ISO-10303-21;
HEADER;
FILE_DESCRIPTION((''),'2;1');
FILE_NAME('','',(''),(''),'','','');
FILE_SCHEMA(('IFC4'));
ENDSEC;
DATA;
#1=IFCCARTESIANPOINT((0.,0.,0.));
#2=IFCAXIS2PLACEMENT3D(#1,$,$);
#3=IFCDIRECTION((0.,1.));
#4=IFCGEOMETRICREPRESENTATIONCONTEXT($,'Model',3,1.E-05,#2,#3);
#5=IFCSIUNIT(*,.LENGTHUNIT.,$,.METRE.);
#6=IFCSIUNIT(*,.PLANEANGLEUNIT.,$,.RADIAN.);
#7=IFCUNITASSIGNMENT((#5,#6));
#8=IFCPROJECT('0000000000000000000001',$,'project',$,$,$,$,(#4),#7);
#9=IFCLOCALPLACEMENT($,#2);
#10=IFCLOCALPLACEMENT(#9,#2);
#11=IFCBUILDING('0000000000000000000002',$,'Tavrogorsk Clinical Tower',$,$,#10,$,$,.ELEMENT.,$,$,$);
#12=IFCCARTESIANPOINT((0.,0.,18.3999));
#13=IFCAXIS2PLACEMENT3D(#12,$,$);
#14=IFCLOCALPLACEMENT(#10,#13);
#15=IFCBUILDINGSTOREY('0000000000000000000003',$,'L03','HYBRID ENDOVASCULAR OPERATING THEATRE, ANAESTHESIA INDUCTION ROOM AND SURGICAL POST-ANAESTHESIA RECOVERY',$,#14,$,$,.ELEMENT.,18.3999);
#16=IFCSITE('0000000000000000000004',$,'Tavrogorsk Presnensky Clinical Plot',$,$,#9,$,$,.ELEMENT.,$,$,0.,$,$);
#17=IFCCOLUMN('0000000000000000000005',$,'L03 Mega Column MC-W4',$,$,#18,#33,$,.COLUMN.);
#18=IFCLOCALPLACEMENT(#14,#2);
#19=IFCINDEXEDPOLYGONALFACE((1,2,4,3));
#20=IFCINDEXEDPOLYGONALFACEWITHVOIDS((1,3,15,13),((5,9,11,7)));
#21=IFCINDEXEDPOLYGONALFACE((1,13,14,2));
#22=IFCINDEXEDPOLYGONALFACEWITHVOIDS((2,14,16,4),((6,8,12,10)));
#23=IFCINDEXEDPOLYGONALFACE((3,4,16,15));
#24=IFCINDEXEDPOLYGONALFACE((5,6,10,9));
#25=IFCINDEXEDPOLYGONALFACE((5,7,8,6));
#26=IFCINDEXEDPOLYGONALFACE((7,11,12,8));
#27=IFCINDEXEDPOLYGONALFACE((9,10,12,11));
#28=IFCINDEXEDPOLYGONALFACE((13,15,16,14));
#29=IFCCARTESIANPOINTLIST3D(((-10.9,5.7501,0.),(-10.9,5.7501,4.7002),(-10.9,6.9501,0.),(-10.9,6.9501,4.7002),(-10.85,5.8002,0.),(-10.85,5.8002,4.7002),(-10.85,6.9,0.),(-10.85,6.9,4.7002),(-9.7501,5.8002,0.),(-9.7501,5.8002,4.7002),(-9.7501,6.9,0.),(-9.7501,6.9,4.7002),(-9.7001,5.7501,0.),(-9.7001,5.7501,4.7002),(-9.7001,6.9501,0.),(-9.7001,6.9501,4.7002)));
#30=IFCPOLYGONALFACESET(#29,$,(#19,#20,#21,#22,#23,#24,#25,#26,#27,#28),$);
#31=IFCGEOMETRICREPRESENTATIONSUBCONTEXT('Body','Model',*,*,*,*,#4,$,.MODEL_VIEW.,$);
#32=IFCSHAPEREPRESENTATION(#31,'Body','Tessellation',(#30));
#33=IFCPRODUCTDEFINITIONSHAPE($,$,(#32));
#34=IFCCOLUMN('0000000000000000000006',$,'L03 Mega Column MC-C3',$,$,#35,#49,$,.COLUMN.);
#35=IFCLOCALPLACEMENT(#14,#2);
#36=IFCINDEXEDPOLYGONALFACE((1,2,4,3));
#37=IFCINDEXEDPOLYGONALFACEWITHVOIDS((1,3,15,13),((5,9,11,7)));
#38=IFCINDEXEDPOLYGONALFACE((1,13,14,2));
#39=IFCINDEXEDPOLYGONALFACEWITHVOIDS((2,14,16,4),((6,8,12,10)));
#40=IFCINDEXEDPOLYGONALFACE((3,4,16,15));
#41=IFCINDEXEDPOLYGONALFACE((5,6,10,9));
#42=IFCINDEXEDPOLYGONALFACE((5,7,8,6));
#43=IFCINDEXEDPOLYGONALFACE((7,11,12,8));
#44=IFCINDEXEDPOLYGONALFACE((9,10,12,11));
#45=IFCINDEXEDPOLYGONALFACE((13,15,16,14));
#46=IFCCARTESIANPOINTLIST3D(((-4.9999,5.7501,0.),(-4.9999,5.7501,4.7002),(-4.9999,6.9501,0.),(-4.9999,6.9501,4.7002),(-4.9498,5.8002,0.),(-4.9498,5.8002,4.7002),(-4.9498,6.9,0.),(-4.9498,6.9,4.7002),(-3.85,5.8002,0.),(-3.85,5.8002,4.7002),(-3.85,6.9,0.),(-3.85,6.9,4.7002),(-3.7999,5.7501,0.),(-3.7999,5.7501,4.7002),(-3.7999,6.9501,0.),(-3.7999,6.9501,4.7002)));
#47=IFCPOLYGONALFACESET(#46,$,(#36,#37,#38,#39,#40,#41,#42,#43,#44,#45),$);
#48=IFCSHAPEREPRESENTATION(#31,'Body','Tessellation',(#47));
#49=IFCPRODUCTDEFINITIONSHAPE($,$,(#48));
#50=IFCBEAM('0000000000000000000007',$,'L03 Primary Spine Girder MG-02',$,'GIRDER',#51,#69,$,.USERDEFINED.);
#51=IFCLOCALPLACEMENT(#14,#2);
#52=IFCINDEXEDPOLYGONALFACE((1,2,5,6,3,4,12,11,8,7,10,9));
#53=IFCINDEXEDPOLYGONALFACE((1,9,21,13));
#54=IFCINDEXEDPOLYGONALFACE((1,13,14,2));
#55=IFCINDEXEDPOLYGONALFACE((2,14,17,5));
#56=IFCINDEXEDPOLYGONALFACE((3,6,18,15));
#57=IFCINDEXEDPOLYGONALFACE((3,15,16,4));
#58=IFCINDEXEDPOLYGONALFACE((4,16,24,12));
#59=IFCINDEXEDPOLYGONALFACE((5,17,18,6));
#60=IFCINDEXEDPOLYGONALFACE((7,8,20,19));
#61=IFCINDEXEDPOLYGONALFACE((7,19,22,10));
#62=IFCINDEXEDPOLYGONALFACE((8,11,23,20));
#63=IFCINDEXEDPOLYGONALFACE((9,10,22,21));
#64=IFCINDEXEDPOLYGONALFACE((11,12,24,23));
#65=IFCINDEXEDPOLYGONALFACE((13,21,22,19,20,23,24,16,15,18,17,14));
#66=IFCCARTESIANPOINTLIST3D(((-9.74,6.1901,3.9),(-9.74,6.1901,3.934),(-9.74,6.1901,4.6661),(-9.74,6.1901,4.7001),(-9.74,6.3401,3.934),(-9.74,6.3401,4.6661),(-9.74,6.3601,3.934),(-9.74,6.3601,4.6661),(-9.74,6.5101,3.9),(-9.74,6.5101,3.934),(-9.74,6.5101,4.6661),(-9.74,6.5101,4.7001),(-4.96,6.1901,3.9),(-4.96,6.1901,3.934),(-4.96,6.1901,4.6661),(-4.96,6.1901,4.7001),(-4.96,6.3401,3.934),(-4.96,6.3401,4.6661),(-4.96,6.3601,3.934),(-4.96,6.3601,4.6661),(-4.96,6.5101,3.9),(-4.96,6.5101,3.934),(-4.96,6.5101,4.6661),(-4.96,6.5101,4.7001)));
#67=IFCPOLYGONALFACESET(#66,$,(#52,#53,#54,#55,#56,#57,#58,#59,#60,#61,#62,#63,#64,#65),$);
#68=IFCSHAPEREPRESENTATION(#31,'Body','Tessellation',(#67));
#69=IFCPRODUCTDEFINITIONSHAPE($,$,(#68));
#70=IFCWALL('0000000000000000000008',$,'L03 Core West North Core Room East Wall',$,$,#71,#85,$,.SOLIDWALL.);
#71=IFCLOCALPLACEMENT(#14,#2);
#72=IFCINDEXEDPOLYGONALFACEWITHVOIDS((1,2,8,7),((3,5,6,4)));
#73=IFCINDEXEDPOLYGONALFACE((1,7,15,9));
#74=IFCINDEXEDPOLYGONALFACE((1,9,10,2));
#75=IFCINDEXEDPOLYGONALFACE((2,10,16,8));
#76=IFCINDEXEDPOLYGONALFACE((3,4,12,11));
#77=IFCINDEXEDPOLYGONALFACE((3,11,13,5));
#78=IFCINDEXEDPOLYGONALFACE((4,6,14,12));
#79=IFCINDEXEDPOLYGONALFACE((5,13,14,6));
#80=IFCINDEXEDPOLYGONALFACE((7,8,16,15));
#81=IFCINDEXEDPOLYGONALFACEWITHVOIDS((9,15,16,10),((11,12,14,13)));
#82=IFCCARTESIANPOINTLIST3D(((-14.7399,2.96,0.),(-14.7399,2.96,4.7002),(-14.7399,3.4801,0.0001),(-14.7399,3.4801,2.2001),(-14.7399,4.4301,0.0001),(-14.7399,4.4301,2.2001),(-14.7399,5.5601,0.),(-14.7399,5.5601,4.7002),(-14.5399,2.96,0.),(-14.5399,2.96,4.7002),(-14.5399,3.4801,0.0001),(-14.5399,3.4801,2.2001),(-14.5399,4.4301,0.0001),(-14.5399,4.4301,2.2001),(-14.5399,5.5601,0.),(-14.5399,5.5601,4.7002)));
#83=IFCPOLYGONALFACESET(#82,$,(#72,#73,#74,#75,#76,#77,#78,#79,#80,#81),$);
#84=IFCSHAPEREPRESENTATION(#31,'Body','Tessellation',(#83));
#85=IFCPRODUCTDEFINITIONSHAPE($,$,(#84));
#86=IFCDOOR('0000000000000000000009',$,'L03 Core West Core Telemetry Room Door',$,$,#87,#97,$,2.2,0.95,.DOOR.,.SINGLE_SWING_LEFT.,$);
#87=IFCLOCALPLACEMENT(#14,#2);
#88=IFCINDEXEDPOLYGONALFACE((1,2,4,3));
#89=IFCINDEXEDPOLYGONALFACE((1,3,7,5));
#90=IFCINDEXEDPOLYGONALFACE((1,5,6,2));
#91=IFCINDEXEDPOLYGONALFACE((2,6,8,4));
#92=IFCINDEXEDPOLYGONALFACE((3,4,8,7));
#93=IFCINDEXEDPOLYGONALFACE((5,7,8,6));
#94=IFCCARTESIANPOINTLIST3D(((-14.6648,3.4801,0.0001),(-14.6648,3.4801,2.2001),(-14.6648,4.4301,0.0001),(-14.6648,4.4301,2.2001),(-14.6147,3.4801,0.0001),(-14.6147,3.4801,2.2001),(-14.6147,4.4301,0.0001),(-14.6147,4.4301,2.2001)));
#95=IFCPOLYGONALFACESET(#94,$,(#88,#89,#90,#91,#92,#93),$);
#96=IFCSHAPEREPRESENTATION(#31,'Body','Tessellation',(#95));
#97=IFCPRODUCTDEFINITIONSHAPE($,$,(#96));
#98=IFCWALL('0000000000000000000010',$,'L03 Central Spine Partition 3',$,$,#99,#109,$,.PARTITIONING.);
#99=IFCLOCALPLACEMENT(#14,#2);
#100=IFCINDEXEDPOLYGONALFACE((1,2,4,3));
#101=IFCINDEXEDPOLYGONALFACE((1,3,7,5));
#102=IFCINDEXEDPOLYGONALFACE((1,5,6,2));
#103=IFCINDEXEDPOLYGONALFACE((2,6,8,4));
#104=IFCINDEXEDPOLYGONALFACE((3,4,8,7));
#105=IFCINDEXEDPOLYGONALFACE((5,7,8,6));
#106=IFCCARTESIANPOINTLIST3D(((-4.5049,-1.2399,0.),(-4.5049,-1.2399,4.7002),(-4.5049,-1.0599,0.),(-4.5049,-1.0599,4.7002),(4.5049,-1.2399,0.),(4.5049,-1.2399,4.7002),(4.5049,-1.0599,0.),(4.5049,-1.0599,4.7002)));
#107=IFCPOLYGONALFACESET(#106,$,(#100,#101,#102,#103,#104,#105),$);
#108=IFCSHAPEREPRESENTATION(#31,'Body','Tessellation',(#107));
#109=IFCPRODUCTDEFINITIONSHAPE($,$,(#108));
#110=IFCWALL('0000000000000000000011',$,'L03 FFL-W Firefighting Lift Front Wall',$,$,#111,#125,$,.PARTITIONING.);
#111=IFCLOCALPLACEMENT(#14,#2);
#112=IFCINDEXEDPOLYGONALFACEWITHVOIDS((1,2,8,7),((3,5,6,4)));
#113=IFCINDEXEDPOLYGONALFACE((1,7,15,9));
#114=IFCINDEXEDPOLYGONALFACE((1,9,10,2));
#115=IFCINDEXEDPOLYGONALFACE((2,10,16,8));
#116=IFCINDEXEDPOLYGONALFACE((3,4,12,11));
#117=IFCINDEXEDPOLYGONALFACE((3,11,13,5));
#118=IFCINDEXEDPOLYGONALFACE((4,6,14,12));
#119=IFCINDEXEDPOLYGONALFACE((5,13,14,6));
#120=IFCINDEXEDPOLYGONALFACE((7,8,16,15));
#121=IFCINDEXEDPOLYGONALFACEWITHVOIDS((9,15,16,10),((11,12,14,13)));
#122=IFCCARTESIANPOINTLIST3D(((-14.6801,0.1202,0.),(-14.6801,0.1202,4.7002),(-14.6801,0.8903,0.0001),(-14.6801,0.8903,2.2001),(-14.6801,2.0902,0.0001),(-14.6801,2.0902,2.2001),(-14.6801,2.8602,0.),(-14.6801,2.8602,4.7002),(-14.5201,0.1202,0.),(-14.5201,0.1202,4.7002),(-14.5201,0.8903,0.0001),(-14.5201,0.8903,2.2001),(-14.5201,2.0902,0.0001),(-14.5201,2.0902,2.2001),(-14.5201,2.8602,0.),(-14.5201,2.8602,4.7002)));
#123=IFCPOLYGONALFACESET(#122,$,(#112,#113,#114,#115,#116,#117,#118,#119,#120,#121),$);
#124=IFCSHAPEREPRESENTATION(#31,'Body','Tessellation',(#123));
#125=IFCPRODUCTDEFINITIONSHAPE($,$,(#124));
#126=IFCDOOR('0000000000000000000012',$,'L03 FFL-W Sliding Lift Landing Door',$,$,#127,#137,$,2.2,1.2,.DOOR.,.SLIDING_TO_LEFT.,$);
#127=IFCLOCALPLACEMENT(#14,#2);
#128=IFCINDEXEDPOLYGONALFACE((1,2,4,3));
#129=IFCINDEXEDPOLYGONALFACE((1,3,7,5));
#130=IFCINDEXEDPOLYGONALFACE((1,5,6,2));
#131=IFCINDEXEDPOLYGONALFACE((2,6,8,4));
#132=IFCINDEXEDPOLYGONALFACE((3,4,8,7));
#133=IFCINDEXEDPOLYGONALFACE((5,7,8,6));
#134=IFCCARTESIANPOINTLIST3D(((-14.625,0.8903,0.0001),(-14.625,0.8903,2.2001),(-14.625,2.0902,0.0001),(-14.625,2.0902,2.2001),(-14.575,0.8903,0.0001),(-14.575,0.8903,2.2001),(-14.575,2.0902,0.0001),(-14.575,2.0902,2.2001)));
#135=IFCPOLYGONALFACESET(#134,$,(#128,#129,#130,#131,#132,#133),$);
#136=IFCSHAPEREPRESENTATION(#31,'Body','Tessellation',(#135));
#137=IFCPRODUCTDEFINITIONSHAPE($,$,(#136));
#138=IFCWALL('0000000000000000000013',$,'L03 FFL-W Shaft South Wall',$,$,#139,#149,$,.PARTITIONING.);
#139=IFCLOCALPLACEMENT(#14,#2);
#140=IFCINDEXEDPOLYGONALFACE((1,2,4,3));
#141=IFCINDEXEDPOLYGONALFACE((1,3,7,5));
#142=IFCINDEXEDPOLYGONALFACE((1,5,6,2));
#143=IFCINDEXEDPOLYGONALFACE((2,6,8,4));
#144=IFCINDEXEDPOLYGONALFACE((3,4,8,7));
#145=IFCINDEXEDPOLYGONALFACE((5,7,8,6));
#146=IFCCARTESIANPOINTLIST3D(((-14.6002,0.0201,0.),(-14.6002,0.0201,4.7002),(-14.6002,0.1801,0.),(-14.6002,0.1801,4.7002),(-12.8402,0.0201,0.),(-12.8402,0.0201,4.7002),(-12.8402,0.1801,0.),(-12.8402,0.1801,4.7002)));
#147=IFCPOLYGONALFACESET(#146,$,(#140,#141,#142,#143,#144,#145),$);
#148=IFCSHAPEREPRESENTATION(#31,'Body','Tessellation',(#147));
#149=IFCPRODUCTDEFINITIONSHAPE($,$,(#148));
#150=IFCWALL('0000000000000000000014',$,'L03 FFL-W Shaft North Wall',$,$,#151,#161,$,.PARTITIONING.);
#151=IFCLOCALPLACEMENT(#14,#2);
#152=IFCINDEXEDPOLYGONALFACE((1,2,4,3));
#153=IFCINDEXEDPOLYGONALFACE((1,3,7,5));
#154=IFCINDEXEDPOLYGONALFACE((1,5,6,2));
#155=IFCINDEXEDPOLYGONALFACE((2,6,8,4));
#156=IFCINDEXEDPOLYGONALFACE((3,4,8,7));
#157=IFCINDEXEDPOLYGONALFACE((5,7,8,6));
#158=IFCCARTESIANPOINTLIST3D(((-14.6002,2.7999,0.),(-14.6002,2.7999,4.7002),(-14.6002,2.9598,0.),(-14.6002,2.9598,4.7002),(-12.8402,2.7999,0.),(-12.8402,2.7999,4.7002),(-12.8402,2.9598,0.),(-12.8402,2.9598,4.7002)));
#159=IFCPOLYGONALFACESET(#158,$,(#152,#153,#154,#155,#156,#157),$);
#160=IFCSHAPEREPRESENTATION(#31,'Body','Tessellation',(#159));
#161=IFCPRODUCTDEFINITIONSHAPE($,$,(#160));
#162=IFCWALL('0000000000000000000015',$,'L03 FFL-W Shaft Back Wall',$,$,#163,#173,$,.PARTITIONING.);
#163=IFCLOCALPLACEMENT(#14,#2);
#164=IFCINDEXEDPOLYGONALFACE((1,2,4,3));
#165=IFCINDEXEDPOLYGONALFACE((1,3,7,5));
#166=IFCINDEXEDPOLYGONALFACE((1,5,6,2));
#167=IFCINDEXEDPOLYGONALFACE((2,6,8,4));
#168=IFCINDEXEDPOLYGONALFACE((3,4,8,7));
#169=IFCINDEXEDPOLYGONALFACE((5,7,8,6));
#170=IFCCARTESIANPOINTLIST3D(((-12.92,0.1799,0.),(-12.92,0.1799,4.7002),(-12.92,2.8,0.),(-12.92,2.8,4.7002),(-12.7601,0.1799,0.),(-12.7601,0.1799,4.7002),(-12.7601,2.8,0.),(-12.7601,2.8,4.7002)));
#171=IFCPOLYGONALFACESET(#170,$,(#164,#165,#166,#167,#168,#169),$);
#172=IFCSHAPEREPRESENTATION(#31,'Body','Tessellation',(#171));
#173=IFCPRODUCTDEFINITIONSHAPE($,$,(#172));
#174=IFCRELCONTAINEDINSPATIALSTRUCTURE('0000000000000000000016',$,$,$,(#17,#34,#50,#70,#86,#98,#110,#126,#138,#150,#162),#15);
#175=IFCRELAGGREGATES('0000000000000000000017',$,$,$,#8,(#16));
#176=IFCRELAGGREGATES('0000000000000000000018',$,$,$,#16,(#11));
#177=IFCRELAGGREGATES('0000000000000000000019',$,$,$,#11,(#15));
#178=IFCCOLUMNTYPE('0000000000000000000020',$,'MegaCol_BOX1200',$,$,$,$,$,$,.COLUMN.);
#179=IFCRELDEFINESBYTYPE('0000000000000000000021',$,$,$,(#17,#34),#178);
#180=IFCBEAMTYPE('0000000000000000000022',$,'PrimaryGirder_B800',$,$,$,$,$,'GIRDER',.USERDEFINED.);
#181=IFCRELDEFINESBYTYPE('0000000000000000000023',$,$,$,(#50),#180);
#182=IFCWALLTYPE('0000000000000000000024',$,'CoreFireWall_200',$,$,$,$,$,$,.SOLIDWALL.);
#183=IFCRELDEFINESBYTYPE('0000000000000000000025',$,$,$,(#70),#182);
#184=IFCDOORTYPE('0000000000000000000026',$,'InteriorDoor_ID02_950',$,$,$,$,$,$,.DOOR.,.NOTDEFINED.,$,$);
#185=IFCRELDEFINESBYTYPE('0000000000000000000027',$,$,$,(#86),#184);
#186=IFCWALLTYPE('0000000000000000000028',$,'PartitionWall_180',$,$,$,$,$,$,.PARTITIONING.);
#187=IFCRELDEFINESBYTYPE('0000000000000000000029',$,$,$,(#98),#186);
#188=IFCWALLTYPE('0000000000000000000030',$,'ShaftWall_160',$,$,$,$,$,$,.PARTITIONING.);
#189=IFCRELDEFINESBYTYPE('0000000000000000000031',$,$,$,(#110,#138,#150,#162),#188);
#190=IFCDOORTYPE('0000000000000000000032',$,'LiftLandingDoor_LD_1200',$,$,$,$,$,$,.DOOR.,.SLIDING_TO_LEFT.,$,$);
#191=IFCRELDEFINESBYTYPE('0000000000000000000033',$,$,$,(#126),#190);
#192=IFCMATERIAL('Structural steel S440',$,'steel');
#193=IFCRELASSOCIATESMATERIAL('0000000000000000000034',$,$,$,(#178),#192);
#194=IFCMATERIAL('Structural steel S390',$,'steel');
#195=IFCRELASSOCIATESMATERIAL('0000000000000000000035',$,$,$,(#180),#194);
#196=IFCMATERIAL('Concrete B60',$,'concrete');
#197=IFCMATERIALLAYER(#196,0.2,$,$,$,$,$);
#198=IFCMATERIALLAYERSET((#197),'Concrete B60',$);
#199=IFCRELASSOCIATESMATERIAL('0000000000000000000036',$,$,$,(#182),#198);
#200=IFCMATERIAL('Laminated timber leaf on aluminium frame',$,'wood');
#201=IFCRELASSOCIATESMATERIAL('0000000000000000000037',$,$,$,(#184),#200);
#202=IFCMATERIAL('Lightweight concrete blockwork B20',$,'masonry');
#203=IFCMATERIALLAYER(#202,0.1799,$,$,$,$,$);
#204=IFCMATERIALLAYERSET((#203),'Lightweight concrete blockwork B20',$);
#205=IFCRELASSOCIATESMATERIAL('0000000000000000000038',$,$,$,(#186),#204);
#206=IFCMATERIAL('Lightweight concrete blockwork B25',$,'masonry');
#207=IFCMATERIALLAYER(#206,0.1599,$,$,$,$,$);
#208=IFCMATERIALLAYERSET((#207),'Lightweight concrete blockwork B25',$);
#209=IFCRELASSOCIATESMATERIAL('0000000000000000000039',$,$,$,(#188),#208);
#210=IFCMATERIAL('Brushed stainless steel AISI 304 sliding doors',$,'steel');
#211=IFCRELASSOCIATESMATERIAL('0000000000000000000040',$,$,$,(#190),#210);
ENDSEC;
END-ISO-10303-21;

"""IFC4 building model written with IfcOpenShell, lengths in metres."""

from ifc_helpers import new_model, si_unit, direction, frame, frame_2d, origin, origin_2d, place, context, subcontext, project, spatial, rectangle, hollow_rectangle, i_section, extrude, material, layer, layer_set, material_profile, profile_set, type_object, element, fill, save


model = new_model("IFC4")

# Units and contexts
model_context = context("Model", 3, precision=1e-05, world=origin(), true_north=direction((0.0, 1.0)))
body_context = subcontext(model_context, "Body", "Model", "MODEL_VIEW")
ifc_project = project(units=[si_unit("LENGTHUNIT", "METRE"), si_unit("PLANEANGLEUNIT", "RADIAN")], contexts=[model_context])

# Site, building, storey
site_placement = place(None, origin())
site = spatial("IfcSite", under=ifc_project, at=site_placement, Name="Tavrogorsk Presnensky Clinical Plot", CompositionType="ELEMENT", RefElevation=0.0)
building_placement = place(site_placement, origin())
building = spatial("IfcBuilding", under=site, at=building_placement, Name="Tavrogorsk Clinical Tower", CompositionType="ELEMENT")
storey_placement = place(building_placement, frame((0.0, 0.0, 18.3999)))
storey = spatial("IfcBuildingStorey", under=building, at=storey_placement, Name="L03", Description="HYBRID ENDOVASCULAR OPERATING THEATRE, ANAESTHESIA INDUCTION ROOM AND SURGICAL POST-ANAESTHESIA RECOVERY", CompositionType="ELEMENT", Elevation=18.3999)

# Columns
ifc_material_1 = material(Name="Structural steel S440", Category="steel")
ifc_material_profile_1 = material_profile(ifc_material_1, hollow_rectangle(XDim=1.2, YDim=1.2, WallThickness=0.05, at=origin_2d()), Name="BOX-1200x1200x50")
ifc_profile_set_1 = profile_set([ifc_material_profile_1], Name="Structural steel S440")
column_type = type_object("IfcColumnType", Name="MegaCol_BOX1200", PredefinedType="COLUMN", material=ifc_profile_set_1)
for number, where, z_axis, x_axis, name in (
    (1, (-10.3, 6.3501, 0.0), (0.0, 0.0, 1.0), (1.0, 0.0, 0.0), "L03 Mega Column MC-W4"),
    (2, (-4.3999, 6.3501, 0.0), (0.0, 0.0, 1.0), (1.0, 0.0, 0.0), "L03 Mega Column MC-C3"),
):
    element("IfcColumn", number, at=place(storey_placement, frame(where, z_axis=z_axis, x_axis=x_axis)), inside=storey, type_object=column_type, Name=name, PredefinedType="COLUMN", context=body_context, shape_type="SweptSolid", body=[
        extrude(hollow_rectangle(XDim=1.2, YDim=1.2, WallThickness=0.05, at=origin_2d()), origin(), (0.0, 0.0, 1.0), 4.7002),
    ])

# Beam
ifc_material_2 = material(Name="Structural steel S390", Category="steel")
ifc_material_profile_2 = material_profile(ifc_material_2, i_section(OverallWidth=0.3201, OverallDepth=0.8, WebThickness=0.02, FlangeThickness=0.0339, at=origin_2d()), Name="B-800x320x20x34")
ifc_profile_set_2 = profile_set([ifc_material_profile_2], Name="Structural steel S390")
beam_type = type_object("IfcBeamType", Name="PrimaryGirder_B800", ElementType="GIRDER", PredefinedType="USERDEFINED", material=ifc_profile_set_2)
beam_placement = place(storey_placement, frame((-9.74, 6.3501, 4.3), z_axis=(1.0, 0.0, 0.0), x_axis=(0.0, 1.0, 0.0)))
element("IfcBeam", 3, at=beam_placement, inside=storey, type_object=beam_type, Name="L03 Primary Spine Girder MG-02", ObjectType="GIRDER", PredefinedType="USERDEFINED", context=body_context, shape_type="SweptSolid", body=[
    extrude(i_section(OverallWidth=0.3201, OverallDepth=0.8, WebThickness=0.02, FlangeThickness=0.0339, at=origin_2d()), origin(), (0.0, 0.0, 1.0), 4.78),
])

# Wall, opening, door
ifc_material_3 = material(Name="Concrete B60", Category="concrete")
ifc_layer_1 = layer(ifc_material_3, 0.2)
ifc_layer_set_1 = layer_set([ifc_layer_1], Name="Concrete B60")
wall_type_1 = type_object("IfcWallType", Name="CoreFireWall_200", PredefinedType="SOLIDWALL", material=ifc_layer_set_1)
wall_1_placement = place(storey_placement, frame((-14.6399, 2.96, 0.0), z_axis=(0.0, 0.0, 1.0), x_axis=(0.0, 1.0, 0.0)))
wall_1 = element("IfcWall", 4, at=wall_1_placement, inside=storey, type_object=wall_type_1, Name="L03 Core West North Core Room East Wall", PredefinedType="SOLIDWALL", context=body_context, shape_type="SweptSolid", body=[
    extrude(rectangle(XDim=2.6001, YDim=0.2, at=frame_2d((1.3, 0.0))), origin(), (0.0, 0.0, 1.0), 4.7002),
])
opening_1_placement = place(wall_1_placement, frame((0.52, 0.0, 0.0)))
opening_1 = element("IfcOpeningElement", 5, at=opening_1_placement, cuts=wall_1, PredefinedType="OPENING", context=body_context, shape_type="SweptSolid", body=[
    extrude(rectangle(XDim=0.95, YDim=2.2, at=frame_2d((0.4751, 1.1001))), frame((0.0, 0.1099, 0.0), z_axis=(0.0, -1.0, 0.0), x_axis=(1.0, 0.0, 0.0)), (0.0, 0.0, 1.0), 0.22),
])
ifc_material_4 = material(Name="Laminated timber leaf on aluminium frame", Category="wood")
door_type_1 = type_object("IfcDoorType", Name="InteriorDoor_ID02_950", OperationType="NOTDEFINED", PredefinedType="DOOR", material=ifc_material_4)
door_1_placement = place(opening_1_placement, origin())
door_1 = element("IfcDoor", 6, at=door_1_placement, inside=storey, type_object=door_type_1, Name="L03 Core West Core Telemetry Room Door", OperationType="SINGLE_SWING_LEFT", OverallHeight=2.2, OverallWidth=0.95, PredefinedType="DOOR", context=body_context, shape_type="SweptSolid", body=[
    extrude(rectangle(XDim=0.95, YDim=2.2, at=frame_2d((0.4751, 1.1001))), frame((0.0, 0.0249, 0.0), z_axis=(0.0, -1.0, 0.0), x_axis=(1.0, 0.0, 0.0)), (0.0, 0.0, 1.0), 0.05),
])
fill(opening_1, door_1)

# Wall
ifc_material_5 = material(Name="Lightweight concrete blockwork B20", Category="masonry")
ifc_layer_2 = layer(ifc_material_5, 0.1799)
ifc_layer_set_2 = layer_set([ifc_layer_2], Name="Lightweight concrete blockwork B20")
wall_type_2 = type_object("IfcWallType", Name="PartitionWall_180", PredefinedType="PARTITIONING", material=ifc_layer_set_2)
wall_2_placement = place(storey_placement, frame((-4.5049, -1.1499, 0.0), z_axis=(0.0, 0.0, 1.0), x_axis=(1.0, 0.0, 0.0)))
element("IfcWall", 7, at=wall_2_placement, inside=storey, type_object=wall_type_2, Name="L03 Central Spine Partition 3", PredefinedType="PARTITIONING", context=body_context, shape_type="SweptSolid", body=[
    extrude(rectangle(XDim=9.0098, YDim=0.1799, at=frame_2d((4.5049, 0.0))), origin(), (0.0, 0.0, 1.0), 4.7002),
])

# Wall, opening, door
ifc_material_6 = material(Name="Lightweight concrete blockwork B25", Category="masonry")
ifc_layer_3 = layer(ifc_material_6, 0.1599)
ifc_layer_set_3 = layer_set([ifc_layer_3], Name="Lightweight concrete blockwork B25")
wall_type_3 = type_object("IfcWallType", Name="ShaftWall_160", PredefinedType="PARTITIONING", material=ifc_layer_set_3)
wall_3_placement = place(storey_placement, frame((-14.6001, 0.1201, 0.0), z_axis=(0.0, 0.0, 1.0), x_axis=(0.0, 1.0, 0.0)))
wall_3 = element("IfcWall", 8, at=wall_3_placement, inside=storey, type_object=wall_type_3, Name="L03 FFL-W Firefighting Lift Front Wall", PredefinedType="PARTITIONING", context=body_context, shape_type="SweptSolid", body=[
    extrude(rectangle(XDim=2.74, YDim=0.1599, at=frame_2d((1.3701, 0.0))), origin(), (0.0, 0.0, 1.0), 4.7002),
])
opening_2_placement = place(wall_3_placement, frame((0.77, 0.0, 0.0)))
opening_2 = element("IfcOpeningElement", 9, at=opening_2_placement, cuts=wall_3, PredefinedType="OPENING", context=body_context, shape_type="SweptSolid", body=[
    extrude(rectangle(XDim=1.2, YDim=2.2, at=frame_2d((0.6001, 1.1001))), frame((0.0, 0.0898, 0.0), z_axis=(0.0, -1.0, 0.0), x_axis=(1.0, 0.0, 0.0)), (0.0, 0.0, 1.0), 0.1799),
])
ifc_material_7 = material(Name="Brushed stainless steel AISI 304 sliding doors", Category="steel")
door_type_2 = type_object("IfcDoorType", Name="LiftLandingDoor_LD_1200", OperationType="SLIDING_TO_LEFT", PredefinedType="DOOR", material=ifc_material_7)
door_2_placement = place(opening_2_placement, origin())
door_2 = element("IfcDoor", 10, at=door_2_placement, inside=storey, type_object=door_type_2, Name="L03 FFL-W Sliding Lift Landing Door", OperationType="SLIDING_TO_LEFT", OverallHeight=2.2, OverallWidth=1.2, PredefinedType="DOOR", context=body_context, shape_type="SweptSolid", body=[
    extrude(rectangle(XDim=1.2, YDim=2.2, at=frame_2d((0.6001, 1.1001))), frame((0.0, 0.0249, 0.0), z_axis=(0.0, -1.0, 0.0), x_axis=(1.0, 0.0, 0.0)), (0.0, 0.0, 1.0), 0.05),
])
fill(opening_2, door_2)

# Walls
for number, where, z_axis, x_axis, name in (
    (11, (-14.6001, 0.1001, 0.0), (0.0, 0.0, 1.0), (1.0, 0.0, 0.0), "L03 FFL-W Shaft South Wall"),
    (12, (-14.6001, 2.8799, 0.0), (0.0, 0.0, 1.0), (1.0, 0.0, 0.0), "L03 FFL-W Shaft North Wall"),
):
    element("IfcWall", number, at=place(storey_placement, frame(where, z_axis=z_axis, x_axis=x_axis)), inside=storey, type_object=wall_type_3, Name=name, PredefinedType="PARTITIONING", context=body_context, shape_type="SweptSolid", body=[
        extrude(rectangle(XDim=1.76, YDim=0.1599, at=frame_2d((0.8799, 0.0))), origin(), (0.0, 0.0, 1.0), 4.7002),
    ])
wall_4_placement = place(storey_placement, frame((-12.8401, 0.1799, 0.0), z_axis=(0.0, 0.0, 1.0), x_axis=(0.0, 1.0, 0.0)))
element("IfcWall", 13, at=wall_4_placement, inside=storey, type_object=wall_type_3, Name="L03 FFL-W Shaft Back Wall", PredefinedType="PARTITIONING", context=body_context, shape_type="SweptSolid", body=[
    extrude(rectangle(XDim=2.6201, YDim=0.1599, at=frame_2d((1.3101, 0.0))), origin(), (0.0, 0.0, 1.0), 4.7002),
])

save(model, "model.ifc")
